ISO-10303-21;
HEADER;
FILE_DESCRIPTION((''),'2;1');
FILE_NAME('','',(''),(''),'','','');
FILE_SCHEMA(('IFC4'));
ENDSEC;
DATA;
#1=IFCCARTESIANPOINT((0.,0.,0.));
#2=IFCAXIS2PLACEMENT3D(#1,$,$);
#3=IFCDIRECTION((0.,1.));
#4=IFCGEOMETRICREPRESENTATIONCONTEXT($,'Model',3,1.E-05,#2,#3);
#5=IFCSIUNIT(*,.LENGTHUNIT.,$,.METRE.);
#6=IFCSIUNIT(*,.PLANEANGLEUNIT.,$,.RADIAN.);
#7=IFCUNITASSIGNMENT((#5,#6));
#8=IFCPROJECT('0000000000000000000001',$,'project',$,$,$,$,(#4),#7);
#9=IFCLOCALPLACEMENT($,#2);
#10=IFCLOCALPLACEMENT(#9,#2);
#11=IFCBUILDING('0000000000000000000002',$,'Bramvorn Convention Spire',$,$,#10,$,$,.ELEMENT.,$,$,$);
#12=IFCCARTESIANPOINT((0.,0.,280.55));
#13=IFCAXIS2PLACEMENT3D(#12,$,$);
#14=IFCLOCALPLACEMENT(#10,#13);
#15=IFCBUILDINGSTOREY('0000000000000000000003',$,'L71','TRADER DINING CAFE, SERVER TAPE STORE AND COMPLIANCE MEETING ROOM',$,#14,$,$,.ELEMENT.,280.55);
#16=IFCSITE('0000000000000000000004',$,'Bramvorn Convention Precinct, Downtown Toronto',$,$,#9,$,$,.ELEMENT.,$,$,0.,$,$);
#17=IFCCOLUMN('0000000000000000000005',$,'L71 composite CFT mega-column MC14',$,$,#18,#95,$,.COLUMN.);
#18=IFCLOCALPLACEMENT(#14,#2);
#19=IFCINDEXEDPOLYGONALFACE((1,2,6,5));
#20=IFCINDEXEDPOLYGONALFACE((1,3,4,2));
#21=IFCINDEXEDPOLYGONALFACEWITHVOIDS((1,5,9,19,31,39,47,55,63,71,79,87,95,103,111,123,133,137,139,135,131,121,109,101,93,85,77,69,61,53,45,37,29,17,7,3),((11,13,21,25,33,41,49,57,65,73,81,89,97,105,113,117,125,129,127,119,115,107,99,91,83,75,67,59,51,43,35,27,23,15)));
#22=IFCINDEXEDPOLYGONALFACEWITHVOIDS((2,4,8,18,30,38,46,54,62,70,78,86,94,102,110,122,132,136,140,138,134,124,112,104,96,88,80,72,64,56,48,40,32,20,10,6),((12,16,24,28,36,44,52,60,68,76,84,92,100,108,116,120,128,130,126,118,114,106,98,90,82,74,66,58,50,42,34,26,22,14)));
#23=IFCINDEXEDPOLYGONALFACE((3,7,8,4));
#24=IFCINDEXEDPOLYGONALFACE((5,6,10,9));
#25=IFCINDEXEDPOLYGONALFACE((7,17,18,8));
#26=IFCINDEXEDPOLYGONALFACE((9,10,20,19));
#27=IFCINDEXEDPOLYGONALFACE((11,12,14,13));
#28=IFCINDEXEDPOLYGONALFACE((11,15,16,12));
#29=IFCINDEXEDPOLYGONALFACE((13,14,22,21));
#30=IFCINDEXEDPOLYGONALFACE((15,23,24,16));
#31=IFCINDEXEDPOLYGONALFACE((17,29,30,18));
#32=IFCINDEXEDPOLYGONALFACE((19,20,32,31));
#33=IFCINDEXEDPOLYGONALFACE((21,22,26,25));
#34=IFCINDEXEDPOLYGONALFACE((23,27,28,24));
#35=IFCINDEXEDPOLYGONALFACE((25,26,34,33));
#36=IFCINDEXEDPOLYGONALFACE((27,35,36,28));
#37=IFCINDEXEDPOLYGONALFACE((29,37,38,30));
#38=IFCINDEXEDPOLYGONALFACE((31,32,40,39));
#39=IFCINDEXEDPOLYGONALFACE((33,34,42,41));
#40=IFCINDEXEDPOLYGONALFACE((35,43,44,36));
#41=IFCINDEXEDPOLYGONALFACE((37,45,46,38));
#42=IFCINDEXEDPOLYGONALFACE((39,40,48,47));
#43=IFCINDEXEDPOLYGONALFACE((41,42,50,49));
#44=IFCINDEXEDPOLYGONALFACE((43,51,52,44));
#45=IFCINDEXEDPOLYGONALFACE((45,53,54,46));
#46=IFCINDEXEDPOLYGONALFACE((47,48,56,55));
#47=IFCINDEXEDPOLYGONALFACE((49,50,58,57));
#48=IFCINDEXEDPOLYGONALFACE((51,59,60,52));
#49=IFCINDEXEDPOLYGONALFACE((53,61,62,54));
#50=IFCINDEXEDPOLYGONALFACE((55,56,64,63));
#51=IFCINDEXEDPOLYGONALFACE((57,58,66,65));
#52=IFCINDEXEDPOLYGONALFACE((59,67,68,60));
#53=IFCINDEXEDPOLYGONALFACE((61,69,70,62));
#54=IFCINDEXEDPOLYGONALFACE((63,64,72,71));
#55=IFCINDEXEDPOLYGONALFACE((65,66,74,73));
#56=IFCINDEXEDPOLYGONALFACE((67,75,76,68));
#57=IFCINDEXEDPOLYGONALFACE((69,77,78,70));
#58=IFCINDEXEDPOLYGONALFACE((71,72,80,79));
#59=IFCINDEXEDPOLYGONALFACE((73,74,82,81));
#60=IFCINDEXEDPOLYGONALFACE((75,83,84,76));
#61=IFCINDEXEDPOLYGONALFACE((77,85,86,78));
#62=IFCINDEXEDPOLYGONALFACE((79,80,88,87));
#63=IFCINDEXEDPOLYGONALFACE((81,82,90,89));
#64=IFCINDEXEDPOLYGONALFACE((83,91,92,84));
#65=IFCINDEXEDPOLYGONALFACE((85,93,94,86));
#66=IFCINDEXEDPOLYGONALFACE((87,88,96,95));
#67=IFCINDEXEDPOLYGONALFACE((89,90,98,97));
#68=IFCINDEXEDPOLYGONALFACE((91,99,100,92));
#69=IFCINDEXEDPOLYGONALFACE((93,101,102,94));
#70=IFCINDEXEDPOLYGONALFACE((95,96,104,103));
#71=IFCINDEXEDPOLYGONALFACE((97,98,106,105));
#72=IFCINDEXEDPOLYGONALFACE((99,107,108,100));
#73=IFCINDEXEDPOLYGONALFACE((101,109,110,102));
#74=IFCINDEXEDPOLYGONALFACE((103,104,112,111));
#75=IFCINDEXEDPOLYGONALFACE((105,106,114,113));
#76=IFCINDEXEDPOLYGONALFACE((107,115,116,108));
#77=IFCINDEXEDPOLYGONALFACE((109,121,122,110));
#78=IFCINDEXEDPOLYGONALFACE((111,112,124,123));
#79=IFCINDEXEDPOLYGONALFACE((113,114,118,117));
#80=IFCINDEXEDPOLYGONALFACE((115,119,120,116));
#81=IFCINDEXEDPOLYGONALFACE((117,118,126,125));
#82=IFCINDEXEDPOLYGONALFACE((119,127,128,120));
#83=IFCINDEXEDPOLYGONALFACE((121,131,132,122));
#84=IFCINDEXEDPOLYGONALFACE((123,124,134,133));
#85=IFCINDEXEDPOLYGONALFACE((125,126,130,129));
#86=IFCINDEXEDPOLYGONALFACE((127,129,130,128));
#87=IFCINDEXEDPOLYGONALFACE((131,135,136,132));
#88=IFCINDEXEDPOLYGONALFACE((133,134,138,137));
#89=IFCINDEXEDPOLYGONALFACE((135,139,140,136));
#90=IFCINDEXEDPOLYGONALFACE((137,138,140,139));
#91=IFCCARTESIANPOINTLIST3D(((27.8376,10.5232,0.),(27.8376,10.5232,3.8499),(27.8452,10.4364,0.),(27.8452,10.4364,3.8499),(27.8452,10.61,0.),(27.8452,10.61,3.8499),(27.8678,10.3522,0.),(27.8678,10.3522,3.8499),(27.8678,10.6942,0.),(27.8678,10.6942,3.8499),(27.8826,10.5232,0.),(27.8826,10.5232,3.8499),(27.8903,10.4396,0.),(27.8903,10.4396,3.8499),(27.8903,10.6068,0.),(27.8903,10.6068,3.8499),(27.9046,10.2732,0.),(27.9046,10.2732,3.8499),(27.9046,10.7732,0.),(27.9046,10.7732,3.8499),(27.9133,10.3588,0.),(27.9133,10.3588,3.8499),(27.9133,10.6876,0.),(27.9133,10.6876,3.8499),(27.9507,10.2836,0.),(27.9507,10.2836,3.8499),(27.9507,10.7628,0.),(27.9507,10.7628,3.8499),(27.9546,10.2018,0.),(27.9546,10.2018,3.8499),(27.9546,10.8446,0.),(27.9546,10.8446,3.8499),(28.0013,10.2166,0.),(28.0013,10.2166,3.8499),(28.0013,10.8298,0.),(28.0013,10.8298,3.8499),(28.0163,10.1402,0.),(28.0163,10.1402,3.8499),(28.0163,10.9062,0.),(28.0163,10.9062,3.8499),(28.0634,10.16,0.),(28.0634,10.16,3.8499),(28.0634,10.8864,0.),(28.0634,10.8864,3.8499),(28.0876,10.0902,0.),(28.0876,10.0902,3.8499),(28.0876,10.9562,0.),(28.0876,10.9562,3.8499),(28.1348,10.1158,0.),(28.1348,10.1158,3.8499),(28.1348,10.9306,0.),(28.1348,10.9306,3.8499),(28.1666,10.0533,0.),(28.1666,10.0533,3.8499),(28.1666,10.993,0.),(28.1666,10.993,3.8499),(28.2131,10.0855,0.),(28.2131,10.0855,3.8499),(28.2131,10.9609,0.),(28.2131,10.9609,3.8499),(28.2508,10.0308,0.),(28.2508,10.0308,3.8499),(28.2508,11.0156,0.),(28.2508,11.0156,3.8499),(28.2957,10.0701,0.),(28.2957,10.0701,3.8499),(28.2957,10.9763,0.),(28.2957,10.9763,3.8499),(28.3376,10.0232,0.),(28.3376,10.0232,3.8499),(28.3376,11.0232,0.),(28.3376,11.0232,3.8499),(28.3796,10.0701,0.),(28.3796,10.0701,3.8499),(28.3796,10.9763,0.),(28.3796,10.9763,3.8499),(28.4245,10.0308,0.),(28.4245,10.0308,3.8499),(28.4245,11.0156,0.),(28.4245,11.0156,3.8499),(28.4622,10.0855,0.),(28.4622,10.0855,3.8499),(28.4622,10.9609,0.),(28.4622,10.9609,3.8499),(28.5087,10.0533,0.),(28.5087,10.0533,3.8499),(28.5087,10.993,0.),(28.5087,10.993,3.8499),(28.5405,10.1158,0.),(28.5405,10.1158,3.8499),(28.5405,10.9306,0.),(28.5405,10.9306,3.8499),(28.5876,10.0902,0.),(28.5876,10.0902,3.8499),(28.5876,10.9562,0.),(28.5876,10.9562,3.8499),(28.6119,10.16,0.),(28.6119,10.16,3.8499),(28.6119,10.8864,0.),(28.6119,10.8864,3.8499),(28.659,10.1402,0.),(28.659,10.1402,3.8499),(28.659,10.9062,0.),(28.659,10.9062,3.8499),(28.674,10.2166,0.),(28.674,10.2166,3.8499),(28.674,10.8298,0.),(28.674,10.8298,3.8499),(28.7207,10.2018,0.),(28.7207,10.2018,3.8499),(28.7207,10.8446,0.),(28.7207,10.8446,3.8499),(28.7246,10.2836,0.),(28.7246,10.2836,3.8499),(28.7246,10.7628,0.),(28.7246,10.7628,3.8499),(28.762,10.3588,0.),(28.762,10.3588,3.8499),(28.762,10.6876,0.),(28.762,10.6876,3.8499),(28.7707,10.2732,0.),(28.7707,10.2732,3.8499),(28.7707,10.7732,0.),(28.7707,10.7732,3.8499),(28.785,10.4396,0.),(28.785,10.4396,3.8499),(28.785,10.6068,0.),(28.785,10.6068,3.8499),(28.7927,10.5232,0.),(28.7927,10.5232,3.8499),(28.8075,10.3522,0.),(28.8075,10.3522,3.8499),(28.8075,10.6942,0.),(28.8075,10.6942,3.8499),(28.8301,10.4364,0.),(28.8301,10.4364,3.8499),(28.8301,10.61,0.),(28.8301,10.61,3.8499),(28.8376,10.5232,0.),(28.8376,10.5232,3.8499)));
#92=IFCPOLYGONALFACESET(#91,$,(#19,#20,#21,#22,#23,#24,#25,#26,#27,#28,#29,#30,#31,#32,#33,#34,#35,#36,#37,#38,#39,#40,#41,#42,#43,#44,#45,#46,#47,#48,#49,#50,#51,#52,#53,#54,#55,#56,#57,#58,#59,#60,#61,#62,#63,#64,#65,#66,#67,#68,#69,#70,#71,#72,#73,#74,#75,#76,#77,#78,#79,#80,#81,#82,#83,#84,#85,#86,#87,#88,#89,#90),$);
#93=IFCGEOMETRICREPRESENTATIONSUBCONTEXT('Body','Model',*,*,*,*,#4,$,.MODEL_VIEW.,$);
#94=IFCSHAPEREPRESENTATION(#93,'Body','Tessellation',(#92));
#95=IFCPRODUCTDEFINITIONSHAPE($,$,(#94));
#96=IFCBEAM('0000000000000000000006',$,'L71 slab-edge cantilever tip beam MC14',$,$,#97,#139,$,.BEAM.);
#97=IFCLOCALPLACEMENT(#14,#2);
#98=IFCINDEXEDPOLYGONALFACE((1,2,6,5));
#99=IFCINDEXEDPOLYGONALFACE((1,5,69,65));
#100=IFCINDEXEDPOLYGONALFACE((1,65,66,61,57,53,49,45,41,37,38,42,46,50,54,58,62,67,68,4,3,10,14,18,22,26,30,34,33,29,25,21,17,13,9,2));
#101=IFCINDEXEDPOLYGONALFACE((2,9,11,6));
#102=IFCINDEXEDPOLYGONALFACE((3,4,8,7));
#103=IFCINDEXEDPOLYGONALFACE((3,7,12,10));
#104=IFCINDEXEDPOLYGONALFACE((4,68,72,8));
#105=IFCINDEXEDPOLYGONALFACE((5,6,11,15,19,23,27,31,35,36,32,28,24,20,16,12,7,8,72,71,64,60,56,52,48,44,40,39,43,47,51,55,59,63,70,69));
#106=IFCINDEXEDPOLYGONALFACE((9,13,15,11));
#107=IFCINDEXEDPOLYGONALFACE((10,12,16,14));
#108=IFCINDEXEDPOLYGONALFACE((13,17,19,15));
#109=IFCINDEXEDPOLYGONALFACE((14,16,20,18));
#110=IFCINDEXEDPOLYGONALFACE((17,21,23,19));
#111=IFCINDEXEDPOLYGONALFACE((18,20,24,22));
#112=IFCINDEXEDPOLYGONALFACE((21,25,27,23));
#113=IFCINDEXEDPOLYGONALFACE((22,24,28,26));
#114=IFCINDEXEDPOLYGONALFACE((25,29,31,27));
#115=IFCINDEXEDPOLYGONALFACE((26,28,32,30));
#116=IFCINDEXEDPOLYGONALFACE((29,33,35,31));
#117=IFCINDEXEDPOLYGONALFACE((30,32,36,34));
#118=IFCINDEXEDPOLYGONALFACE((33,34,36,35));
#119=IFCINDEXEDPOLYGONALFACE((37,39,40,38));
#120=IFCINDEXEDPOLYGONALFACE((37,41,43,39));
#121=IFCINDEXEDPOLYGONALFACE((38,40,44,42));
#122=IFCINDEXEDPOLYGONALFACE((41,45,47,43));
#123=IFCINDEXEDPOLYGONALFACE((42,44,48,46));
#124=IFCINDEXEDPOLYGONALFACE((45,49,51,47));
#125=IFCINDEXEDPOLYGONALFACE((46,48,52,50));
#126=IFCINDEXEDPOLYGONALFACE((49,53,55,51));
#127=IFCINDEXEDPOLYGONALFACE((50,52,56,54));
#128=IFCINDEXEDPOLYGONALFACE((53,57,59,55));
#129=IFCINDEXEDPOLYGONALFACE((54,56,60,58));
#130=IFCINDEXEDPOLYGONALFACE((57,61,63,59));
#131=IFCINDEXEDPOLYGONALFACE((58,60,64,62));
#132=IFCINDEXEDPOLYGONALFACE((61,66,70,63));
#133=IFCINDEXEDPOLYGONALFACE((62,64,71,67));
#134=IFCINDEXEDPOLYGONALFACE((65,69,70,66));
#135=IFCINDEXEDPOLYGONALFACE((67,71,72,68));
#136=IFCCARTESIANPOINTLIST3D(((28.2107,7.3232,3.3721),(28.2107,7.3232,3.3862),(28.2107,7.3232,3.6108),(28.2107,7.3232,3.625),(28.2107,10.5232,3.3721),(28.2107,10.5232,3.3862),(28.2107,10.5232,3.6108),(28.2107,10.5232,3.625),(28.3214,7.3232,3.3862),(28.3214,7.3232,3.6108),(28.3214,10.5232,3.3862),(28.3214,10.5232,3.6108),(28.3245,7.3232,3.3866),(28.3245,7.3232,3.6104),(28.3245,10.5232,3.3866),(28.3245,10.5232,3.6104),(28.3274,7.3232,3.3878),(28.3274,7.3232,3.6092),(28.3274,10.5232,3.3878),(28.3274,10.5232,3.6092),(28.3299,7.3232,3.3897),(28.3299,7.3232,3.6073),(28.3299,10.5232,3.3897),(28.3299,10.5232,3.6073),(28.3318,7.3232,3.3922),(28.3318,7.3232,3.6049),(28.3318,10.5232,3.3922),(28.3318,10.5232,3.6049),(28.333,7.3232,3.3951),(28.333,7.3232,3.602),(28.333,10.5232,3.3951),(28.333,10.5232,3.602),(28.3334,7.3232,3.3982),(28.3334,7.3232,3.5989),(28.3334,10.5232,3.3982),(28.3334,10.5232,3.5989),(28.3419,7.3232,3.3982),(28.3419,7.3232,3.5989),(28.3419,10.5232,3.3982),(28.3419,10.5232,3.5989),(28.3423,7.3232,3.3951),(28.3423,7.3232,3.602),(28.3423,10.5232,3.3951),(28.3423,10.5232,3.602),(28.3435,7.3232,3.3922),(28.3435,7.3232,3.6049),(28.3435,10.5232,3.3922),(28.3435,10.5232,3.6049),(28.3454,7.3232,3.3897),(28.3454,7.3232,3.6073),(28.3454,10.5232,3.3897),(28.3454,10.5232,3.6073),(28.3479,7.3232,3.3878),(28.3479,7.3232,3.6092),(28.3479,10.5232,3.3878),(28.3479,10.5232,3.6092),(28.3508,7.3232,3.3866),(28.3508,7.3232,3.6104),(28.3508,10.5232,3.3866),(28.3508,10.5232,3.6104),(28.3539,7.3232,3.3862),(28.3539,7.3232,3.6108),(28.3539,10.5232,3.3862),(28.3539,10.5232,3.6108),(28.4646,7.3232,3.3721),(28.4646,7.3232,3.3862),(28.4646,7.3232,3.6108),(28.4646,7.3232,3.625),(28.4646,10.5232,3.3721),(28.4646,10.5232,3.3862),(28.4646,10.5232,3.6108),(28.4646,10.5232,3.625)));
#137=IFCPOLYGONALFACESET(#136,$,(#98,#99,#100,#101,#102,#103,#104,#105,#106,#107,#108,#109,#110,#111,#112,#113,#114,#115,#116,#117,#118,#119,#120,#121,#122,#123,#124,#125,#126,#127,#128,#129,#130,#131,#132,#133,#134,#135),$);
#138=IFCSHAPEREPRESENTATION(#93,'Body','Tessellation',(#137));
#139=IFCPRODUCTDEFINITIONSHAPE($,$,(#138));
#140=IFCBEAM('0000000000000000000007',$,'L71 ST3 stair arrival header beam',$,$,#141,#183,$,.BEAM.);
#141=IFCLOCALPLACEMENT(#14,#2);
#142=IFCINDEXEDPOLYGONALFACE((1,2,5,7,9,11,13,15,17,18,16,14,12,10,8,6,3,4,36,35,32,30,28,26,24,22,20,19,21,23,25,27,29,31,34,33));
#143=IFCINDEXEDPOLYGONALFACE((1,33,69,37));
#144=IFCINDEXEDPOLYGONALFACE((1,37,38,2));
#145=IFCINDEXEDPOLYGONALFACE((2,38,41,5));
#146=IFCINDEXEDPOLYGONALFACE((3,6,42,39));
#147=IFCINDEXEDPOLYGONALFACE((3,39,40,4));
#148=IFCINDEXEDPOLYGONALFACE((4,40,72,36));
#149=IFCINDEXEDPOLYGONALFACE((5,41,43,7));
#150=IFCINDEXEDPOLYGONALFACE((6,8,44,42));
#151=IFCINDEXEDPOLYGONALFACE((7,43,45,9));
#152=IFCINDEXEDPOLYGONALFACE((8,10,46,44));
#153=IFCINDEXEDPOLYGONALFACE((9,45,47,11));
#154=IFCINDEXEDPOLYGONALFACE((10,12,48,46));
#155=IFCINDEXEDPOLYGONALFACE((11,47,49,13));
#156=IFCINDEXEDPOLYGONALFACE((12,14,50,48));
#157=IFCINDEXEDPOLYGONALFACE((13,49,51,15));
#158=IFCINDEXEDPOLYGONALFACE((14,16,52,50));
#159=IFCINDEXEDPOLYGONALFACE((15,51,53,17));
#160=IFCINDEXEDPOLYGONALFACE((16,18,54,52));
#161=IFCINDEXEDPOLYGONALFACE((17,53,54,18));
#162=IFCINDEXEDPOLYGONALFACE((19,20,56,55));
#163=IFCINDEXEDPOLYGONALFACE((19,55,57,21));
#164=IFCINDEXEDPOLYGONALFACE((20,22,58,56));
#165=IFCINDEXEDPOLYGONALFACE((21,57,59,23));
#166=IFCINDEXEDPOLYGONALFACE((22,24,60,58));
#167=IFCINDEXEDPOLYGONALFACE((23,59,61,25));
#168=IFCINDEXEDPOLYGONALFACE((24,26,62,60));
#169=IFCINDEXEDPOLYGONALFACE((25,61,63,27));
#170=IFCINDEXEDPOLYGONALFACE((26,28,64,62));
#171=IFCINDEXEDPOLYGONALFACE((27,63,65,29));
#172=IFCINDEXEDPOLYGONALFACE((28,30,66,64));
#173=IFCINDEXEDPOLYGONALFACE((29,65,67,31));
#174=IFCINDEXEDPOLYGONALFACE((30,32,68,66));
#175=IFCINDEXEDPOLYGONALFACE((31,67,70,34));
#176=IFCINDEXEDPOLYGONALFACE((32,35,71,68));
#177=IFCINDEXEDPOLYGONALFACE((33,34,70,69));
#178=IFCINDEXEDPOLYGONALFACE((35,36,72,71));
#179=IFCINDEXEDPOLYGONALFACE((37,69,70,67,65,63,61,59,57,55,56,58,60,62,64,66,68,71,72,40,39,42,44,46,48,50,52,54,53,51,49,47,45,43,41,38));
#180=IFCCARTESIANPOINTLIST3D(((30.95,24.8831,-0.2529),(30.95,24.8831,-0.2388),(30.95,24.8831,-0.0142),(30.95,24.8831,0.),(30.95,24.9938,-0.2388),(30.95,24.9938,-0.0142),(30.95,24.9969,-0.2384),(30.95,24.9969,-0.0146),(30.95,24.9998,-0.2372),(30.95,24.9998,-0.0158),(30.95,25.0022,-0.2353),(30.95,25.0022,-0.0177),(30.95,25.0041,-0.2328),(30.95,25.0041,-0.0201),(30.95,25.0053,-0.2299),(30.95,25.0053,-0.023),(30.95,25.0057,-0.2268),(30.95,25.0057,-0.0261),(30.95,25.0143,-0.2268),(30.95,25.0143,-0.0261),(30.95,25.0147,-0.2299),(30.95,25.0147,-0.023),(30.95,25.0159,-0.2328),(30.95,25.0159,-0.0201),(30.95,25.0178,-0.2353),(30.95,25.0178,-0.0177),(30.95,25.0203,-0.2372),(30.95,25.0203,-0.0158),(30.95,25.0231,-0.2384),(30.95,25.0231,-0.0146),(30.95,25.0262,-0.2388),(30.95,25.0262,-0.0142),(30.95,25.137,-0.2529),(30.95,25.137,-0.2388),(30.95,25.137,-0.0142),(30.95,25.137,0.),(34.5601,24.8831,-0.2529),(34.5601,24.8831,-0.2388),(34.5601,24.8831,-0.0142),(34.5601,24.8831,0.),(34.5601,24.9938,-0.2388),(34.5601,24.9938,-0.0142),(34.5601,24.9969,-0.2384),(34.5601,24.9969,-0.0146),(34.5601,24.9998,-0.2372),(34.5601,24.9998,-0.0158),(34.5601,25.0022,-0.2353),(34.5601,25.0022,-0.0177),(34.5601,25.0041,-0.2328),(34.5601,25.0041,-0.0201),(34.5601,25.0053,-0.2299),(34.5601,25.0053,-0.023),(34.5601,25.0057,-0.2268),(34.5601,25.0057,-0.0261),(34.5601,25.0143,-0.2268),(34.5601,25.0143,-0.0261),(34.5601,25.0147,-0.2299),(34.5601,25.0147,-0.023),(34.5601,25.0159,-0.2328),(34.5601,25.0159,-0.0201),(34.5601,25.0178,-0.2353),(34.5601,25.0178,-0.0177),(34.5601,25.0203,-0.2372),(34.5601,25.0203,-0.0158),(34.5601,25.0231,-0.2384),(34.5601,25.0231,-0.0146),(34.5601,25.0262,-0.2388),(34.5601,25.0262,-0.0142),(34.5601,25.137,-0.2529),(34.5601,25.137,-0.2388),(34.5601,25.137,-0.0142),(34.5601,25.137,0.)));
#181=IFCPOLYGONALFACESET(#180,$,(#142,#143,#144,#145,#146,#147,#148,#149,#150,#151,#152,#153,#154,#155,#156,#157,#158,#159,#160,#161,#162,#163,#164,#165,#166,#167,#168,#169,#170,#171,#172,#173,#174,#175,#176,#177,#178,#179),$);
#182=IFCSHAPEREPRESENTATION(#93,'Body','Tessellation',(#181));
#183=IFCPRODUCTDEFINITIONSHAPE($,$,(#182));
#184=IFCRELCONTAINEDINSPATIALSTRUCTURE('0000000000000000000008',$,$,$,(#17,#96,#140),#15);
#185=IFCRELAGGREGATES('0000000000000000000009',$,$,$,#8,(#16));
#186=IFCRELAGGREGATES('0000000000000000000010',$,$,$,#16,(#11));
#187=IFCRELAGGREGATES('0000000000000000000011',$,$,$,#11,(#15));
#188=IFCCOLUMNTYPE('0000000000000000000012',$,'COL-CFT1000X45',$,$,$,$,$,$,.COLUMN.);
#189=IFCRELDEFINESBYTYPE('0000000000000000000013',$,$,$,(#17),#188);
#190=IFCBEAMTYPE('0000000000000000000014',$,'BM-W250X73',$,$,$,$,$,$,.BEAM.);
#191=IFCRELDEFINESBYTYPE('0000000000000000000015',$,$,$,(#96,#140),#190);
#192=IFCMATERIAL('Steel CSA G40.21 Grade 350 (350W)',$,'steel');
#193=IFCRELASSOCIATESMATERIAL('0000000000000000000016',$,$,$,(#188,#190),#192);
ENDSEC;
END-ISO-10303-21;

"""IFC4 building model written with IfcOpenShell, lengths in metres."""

from ifc_helpers import new_model, si_unit, direction, frame, origin, origin_2d, place, context, subcontext, project, spatial, hollow_circle, i_section, extrude, material, material_profile, profile_set, type_object, element, save


model = new_model("IFC4")

# Units and contexts
model_context = context("Model", 3, precision=1e-05, world=origin(), true_north=direction((0.0, 1.0)))
body_context = subcontext(model_context, "Body", "Model", "MODEL_VIEW")
ifc_project = project(units=[si_unit("LENGTHUNIT", "METRE"), si_unit("PLANEANGLEUNIT", "RADIAN")], contexts=[model_context])

# Site, building, storey
site_placement = place(None, origin())
site = spatial("IfcSite", under=ifc_project, at=site_placement, Name="Bramvorn Convention Precinct, Downtown Toronto", CompositionType="ELEMENT", RefElevation=0.0)
building_placement = place(site_placement, origin())
building = spatial("IfcBuilding", under=site, at=building_placement, Name="Bramvorn Convention Spire", CompositionType="ELEMENT")
storey_placement = place(building_placement, frame((0.0, 0.0, 280.55)))
storey = spatial("IfcBuildingStorey", under=building, at=storey_placement, Name="L71", Description="TRADER DINING CAFE, SERVER TAPE STORE AND COMPLIANCE MEETING ROOM", CompositionType="ELEMENT", Elevation=280.55)

# Column
ifc_material_1 = material(Name="Steel CSA G40.21 Grade 350 (350W)", Category="steel")
ifc_material_profile_1 = material_profile(ifc_material_1, hollow_circle(Radius=0.5, WallThickness=0.0449, at=origin_2d()))
ifc_profile_set_1 = profile_set([ifc_material_profile_1], Name="Steel CSA G40.21 Grade 350 (350W) - CFT1000X45")
column_type = type_object("IfcColumnType", Name="COL-CFT1000X45", PredefinedType="COLUMN", material=ifc_profile_set_1)
column_placement = place(storey_placement, frame((28.3376, 10.5232, 0.0), z_axis=(0.0, 0.0, 1.0), x_axis=(1.0, 0.0, 0.0)))
element("IfcColumn", 1, at=column_placement, inside=storey, type_object=column_type, Name="L71 composite CFT mega-column MC14", PredefinedType="COLUMN", context=body_context, shape_type="SweptSolid", body=[
    extrude(hollow_circle(Radius=0.5, WallThickness=0.0449, at=origin_2d()), origin(), (0.0, 0.0, 1.0), 3.8499),
])

# Beams
ifc_material_profile_2 = material_profile(ifc_material_1, i_section(OverallWidth=0.2539, OverallDepth=0.2529, WebThickness=0.0085, FlangeThickness=0.0142, FilletRadius=0.012, at=origin_2d()))
ifc_profile_set_2 = profile_set([ifc_material_profile_2], Name="Steel CSA G40.21 Grade 350 (350W) - W250X73")
beam_type_1 = type_object("IfcBeamType", Name="BM-W250X73", PredefinedType="BEAM", material=ifc_profile_set_2)
beam_1_placement = place(storey_placement, frame((28.3376, 10.5232, 3.4985), z_axis=(0.0, -1.0, 0.0), x_axis=(1.0, 0.0, 0.0)))
element("IfcBeam", 2, at=beam_1_placement, inside=storey, type_object=beam_type_1, Name="L71 slab-edge cantilever tip beam MC14", PredefinedType="BEAM", context=body_context, shape_type="SweptSolid", body=[
    extrude(i_section(OverallWidth=0.2539, OverallDepth=0.2529, WebThickness=0.0085, FlangeThickness=0.0142, FilletRadius=0.012, at=origin_2d()), origin(), (0.0, 0.0, 1.0), 3.2),
])
beam_2_placement = place(storey_placement, frame((30.95, 25.01, -0.1265), z_axis=(1.0, 0.0, 0.0), x_axis=(0.0, 1.0, 0.0)))
element("IfcBeam", 3, at=beam_2_placement, inside=storey, type_object=beam_type_1, Name="L71 ST3 stair arrival header beam", PredefinedType="BEAM", context=body_context, shape_type="SweptSolid", body=[
    extrude(i_section(OverallWidth=0.2539, OverallDepth=0.2529, WebThickness=0.0085, FlangeThickness=0.0142, FilletRadius=0.012, at=origin_2d()), origin(), (0.0, 0.0, 1.0), 3.6101),
])

save(model, "model.ifc")
